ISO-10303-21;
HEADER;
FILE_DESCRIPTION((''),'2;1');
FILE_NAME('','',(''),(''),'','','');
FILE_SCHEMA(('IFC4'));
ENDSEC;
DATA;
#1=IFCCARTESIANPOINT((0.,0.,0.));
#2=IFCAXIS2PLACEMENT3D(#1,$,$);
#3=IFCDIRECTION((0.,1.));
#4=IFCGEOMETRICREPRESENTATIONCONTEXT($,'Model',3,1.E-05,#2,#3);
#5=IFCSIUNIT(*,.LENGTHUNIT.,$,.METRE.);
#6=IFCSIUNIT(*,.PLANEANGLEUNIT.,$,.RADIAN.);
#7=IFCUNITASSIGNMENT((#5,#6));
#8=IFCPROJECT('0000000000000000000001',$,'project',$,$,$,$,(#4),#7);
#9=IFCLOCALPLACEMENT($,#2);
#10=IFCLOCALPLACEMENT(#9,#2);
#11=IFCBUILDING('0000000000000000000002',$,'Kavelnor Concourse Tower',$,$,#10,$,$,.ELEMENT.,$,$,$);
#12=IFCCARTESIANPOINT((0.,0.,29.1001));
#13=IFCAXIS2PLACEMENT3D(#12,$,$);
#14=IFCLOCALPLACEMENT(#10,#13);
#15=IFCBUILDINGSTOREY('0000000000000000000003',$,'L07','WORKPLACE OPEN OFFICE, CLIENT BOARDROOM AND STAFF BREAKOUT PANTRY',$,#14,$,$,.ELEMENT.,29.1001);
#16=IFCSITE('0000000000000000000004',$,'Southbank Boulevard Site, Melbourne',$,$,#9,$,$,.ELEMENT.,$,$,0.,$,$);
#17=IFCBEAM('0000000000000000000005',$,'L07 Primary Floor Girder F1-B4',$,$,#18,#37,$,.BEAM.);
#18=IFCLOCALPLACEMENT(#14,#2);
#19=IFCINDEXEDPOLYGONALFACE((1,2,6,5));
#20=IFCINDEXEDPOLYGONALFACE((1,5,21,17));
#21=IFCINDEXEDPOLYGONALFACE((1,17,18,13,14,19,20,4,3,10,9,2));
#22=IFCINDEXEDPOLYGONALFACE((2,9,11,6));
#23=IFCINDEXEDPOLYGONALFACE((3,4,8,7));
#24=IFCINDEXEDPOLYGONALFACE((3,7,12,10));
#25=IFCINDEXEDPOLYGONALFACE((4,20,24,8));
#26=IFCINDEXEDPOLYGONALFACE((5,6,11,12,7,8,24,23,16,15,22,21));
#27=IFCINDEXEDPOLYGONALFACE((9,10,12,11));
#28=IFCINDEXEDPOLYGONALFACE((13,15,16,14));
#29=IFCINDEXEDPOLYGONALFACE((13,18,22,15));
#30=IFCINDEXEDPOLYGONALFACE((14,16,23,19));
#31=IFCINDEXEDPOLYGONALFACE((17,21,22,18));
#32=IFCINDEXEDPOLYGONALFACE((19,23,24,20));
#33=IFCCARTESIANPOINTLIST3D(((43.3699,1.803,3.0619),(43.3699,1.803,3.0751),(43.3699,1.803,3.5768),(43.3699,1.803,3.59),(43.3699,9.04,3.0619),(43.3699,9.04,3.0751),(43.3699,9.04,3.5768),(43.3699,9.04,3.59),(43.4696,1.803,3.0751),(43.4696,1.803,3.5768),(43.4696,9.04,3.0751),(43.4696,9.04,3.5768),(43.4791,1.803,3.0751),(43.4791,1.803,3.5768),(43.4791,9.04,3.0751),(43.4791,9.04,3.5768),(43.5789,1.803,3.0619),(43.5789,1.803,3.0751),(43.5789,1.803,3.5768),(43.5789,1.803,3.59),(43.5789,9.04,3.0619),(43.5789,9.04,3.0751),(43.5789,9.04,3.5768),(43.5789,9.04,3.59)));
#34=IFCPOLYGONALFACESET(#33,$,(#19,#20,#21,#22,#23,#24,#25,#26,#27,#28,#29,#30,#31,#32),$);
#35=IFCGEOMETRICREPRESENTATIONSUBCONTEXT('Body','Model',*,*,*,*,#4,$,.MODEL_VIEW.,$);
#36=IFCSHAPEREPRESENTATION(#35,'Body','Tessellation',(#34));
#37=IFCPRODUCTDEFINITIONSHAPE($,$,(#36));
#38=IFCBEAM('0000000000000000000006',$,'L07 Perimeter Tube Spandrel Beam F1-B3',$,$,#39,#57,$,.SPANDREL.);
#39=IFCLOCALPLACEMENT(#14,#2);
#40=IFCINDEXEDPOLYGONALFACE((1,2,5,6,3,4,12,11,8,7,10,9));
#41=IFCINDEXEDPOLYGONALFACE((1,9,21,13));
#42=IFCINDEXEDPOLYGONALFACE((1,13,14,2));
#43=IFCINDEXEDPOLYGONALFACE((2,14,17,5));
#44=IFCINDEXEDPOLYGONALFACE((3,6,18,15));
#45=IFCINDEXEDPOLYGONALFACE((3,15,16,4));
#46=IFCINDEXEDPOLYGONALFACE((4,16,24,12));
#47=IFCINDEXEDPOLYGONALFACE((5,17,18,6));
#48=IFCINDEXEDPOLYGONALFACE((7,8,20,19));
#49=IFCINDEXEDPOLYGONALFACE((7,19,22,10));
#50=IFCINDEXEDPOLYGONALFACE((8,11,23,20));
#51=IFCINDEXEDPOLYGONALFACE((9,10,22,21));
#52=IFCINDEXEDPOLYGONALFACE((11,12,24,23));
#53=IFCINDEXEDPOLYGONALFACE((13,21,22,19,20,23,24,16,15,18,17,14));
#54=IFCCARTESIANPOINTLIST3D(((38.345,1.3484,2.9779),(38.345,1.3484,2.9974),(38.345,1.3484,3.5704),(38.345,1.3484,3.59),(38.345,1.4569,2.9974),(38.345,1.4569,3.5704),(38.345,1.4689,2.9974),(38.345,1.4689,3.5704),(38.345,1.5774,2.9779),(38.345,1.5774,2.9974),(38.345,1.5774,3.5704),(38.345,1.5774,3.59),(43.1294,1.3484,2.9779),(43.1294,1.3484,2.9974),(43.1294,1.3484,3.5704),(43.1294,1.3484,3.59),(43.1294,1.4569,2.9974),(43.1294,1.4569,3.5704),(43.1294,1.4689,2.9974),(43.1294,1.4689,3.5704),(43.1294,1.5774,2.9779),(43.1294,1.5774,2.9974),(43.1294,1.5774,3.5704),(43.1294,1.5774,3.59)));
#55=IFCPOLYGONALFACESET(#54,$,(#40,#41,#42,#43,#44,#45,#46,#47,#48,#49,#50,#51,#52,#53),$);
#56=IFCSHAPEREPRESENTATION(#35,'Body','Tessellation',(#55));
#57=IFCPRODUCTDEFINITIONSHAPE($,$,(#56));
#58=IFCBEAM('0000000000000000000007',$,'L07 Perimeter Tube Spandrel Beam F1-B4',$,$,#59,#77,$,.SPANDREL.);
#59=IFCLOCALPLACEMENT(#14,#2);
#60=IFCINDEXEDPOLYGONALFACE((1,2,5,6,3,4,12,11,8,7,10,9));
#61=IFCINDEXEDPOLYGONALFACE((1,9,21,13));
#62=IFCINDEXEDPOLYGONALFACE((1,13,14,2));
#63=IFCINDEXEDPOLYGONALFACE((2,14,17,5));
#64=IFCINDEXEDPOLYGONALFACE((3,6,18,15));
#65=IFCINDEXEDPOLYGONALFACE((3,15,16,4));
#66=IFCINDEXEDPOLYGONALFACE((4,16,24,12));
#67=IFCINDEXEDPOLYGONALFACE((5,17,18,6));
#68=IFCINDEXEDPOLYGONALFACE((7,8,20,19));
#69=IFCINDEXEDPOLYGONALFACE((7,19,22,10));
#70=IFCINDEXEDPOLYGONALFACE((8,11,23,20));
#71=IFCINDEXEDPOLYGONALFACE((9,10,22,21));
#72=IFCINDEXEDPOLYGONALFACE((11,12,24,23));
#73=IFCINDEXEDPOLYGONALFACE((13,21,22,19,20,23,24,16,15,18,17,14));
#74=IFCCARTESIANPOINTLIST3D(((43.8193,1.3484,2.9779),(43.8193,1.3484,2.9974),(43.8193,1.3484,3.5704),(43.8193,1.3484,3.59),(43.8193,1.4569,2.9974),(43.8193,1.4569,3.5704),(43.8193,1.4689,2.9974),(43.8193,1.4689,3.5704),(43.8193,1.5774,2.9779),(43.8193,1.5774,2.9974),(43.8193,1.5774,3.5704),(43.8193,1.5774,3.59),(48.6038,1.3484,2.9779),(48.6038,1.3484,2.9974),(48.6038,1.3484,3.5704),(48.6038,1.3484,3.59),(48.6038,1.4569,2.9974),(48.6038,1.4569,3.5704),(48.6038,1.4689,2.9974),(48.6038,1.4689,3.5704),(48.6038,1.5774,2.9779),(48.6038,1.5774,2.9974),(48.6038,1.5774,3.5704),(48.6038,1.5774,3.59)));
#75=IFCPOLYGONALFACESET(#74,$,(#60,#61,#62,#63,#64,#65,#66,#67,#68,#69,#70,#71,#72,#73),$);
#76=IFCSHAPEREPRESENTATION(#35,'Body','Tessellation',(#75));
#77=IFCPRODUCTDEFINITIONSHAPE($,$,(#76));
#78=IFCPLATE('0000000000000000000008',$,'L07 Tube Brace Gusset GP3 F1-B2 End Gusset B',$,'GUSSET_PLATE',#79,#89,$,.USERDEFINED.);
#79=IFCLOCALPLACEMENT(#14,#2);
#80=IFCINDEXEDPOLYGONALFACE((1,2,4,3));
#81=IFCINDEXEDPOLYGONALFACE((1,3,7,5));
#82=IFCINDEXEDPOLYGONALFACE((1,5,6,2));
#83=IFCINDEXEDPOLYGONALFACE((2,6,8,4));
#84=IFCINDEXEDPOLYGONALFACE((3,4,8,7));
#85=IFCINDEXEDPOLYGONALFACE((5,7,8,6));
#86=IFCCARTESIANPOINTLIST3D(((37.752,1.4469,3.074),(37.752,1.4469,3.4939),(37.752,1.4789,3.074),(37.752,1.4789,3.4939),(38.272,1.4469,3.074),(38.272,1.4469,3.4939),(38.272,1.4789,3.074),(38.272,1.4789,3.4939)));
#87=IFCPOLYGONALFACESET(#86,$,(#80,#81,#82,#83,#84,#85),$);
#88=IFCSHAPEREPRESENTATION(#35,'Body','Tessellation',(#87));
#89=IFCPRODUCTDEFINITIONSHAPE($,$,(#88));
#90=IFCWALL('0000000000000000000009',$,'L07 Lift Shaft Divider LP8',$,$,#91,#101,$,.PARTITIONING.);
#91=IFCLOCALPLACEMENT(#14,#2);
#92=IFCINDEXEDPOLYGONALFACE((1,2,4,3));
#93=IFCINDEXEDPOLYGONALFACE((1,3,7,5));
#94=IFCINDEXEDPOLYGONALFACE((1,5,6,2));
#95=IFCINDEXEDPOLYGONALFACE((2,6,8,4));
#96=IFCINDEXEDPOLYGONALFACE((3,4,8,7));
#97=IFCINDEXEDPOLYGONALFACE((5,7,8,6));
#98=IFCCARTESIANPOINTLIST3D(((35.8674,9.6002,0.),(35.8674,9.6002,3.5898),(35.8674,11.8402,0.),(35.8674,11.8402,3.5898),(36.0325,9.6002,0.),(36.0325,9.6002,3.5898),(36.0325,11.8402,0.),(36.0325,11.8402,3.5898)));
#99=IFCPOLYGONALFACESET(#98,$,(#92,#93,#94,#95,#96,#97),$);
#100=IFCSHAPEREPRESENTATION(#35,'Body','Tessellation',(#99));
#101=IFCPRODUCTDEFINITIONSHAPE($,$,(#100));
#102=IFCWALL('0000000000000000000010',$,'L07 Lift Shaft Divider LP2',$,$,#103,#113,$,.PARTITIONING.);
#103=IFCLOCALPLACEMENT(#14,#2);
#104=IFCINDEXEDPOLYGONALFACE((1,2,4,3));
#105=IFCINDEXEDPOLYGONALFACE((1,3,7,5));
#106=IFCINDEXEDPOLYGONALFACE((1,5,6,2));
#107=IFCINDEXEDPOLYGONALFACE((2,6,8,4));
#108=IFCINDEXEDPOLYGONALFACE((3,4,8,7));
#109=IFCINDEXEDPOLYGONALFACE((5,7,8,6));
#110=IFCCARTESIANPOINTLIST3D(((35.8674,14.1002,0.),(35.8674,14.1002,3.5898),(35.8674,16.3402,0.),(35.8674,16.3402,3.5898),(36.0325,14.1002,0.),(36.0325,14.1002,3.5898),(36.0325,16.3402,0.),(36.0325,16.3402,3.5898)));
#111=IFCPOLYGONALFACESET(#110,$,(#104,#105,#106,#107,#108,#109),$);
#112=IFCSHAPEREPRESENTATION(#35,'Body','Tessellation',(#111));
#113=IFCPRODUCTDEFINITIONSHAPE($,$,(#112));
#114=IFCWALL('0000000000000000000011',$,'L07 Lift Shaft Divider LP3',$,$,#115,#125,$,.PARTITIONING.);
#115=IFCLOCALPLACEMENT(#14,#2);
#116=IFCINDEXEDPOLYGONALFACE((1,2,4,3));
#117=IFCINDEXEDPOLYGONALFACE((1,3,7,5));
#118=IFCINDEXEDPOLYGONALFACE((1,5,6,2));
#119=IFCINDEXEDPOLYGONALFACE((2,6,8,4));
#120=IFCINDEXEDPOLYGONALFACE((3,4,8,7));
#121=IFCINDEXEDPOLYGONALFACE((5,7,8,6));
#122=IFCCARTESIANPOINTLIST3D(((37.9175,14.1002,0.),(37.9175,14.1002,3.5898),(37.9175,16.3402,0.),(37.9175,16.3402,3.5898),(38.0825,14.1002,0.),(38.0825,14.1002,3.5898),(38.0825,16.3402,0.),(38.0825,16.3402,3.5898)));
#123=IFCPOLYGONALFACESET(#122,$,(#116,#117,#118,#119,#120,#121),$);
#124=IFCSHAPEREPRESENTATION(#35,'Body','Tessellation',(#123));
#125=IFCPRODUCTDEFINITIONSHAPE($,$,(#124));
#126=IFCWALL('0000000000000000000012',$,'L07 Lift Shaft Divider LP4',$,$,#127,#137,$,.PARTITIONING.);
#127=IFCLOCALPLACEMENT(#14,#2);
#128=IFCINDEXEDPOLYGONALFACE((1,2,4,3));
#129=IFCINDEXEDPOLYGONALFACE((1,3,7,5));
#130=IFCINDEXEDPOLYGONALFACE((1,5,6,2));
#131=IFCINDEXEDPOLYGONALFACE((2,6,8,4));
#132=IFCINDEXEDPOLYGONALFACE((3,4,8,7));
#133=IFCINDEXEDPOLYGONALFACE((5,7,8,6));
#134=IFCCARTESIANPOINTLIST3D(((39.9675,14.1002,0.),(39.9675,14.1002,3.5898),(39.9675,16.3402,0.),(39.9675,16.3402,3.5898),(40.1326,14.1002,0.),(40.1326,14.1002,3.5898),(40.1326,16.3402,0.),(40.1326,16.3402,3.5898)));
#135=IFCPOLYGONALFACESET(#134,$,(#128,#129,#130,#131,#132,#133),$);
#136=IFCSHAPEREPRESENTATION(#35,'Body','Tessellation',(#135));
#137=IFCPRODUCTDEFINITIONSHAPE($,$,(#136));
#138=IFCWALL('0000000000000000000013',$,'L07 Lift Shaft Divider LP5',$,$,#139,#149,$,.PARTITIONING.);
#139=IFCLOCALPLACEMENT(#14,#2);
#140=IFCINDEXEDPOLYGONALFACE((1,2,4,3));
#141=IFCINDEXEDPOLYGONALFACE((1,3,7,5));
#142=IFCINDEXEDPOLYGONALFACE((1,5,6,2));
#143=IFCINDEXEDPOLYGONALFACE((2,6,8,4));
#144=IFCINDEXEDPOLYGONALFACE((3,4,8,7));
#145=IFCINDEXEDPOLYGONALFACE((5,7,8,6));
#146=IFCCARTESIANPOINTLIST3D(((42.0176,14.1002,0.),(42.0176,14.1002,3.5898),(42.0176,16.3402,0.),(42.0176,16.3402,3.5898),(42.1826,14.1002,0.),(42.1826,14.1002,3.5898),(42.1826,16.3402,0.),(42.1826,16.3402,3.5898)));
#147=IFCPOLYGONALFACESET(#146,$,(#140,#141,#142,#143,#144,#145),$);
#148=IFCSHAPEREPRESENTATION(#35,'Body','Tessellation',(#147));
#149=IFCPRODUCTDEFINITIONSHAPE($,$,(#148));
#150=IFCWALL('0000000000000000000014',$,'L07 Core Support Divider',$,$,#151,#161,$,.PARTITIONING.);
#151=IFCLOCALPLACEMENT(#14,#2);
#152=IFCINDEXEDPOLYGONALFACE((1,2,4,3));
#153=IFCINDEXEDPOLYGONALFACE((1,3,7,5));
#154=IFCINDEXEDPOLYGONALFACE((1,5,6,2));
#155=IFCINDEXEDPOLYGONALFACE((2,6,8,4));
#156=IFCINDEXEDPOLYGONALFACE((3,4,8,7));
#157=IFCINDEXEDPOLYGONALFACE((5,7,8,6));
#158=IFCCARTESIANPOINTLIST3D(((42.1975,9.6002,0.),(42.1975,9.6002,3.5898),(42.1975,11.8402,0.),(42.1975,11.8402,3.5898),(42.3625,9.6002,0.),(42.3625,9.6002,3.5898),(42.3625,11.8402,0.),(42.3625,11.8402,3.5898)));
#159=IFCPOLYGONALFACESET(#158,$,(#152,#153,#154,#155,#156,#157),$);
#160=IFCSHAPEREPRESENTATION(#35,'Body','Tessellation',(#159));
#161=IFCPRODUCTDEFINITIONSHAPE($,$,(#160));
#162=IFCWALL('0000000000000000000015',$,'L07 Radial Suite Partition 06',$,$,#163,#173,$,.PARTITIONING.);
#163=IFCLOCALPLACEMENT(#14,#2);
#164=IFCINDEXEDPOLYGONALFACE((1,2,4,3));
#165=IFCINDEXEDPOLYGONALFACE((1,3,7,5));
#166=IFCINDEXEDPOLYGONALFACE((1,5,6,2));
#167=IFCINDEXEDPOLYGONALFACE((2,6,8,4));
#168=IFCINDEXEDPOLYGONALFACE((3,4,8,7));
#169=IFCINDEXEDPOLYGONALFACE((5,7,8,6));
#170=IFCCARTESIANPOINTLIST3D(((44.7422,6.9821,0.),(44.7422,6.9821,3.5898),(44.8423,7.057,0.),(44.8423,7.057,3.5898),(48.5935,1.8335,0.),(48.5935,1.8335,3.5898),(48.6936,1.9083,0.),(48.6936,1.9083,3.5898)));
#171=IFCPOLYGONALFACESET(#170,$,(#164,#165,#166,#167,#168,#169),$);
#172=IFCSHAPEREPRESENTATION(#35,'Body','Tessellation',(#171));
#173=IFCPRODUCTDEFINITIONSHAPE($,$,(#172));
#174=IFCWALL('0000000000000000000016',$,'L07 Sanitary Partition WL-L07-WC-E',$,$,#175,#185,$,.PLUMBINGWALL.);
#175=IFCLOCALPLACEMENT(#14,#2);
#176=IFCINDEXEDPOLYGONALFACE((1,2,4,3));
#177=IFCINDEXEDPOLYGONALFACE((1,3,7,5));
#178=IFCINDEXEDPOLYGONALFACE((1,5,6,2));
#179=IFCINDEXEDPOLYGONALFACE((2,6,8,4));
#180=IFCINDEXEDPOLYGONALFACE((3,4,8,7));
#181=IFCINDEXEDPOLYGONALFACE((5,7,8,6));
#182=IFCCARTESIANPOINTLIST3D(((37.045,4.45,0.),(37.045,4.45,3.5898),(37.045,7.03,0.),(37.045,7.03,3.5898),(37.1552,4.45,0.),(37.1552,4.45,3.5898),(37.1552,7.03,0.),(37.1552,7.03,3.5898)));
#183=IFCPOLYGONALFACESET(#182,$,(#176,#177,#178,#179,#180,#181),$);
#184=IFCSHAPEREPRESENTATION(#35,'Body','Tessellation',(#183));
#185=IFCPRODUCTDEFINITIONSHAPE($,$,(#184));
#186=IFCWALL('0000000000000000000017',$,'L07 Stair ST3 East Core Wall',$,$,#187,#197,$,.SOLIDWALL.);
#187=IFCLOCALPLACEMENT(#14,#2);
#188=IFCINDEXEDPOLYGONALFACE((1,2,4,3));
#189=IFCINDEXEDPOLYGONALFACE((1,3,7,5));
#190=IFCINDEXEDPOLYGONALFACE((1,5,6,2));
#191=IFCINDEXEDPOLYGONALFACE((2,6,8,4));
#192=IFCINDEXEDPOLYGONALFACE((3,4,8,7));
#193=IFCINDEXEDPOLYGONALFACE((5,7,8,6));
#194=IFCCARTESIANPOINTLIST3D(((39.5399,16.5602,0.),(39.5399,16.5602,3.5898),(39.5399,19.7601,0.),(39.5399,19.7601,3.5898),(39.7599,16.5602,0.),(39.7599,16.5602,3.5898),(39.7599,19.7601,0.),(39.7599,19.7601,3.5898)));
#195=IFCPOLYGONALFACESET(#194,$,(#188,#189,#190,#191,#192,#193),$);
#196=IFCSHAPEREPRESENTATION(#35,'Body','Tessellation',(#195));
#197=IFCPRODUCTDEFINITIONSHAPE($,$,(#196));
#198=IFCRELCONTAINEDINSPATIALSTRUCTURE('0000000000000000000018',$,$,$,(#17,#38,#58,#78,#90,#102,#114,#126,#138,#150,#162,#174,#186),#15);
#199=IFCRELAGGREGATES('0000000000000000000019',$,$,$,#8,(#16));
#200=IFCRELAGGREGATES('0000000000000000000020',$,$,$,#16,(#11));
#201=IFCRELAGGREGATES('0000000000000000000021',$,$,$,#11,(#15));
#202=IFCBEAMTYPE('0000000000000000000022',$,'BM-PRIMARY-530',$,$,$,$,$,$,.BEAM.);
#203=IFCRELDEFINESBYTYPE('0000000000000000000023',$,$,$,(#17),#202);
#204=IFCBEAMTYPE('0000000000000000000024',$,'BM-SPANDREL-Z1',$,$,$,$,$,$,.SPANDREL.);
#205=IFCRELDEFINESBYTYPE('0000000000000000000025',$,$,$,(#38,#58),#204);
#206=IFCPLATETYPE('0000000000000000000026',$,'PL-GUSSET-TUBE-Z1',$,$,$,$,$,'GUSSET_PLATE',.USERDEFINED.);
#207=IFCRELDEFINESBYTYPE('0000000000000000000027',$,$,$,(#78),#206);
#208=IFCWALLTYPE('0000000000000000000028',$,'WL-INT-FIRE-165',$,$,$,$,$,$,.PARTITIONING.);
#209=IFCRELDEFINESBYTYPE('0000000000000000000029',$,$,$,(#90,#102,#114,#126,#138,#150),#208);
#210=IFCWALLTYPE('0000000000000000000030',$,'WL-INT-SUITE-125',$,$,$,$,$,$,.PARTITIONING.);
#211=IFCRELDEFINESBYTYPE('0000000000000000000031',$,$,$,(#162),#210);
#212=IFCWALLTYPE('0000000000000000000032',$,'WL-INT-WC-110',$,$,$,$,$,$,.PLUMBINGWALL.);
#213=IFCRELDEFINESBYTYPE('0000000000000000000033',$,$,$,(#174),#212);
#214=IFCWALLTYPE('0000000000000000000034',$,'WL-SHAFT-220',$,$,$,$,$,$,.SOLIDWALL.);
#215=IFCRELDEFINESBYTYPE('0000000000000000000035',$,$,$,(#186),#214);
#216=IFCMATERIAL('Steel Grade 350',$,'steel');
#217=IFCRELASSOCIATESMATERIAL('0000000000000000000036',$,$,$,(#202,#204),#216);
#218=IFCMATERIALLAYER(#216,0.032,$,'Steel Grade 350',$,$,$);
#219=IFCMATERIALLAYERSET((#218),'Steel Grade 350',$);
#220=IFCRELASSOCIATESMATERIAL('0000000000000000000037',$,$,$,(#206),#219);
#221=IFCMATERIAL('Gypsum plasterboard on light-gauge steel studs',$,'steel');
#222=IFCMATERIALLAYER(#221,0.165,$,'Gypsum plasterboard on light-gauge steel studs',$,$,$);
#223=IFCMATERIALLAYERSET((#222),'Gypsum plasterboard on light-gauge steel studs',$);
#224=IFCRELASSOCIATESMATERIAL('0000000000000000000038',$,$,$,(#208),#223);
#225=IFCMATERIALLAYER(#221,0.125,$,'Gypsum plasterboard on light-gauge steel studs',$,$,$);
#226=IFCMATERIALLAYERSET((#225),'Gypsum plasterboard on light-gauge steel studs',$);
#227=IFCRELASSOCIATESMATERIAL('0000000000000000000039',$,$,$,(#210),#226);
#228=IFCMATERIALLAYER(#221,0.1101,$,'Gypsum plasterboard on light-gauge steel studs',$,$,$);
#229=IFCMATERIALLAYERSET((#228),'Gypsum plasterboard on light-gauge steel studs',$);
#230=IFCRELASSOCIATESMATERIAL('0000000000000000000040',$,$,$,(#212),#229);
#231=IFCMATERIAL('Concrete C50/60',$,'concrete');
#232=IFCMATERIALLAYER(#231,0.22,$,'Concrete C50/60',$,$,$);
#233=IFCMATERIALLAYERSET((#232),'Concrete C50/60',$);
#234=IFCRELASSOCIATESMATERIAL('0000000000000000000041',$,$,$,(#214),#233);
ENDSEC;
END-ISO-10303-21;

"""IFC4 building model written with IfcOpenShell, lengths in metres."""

from ifc_helpers import new_model, si_unit, direction, frame, frame_2d, origin, origin_2d, place, context, subcontext, project, spatial, rectangle, i_section, extrude, material, layer, layer_set, material_profile, profile_set, type_object, element, save


model = new_model("IFC4")

# Units and contexts
model_context = context("Model", 3, precision=1e-05, world=origin(), true_north=direction((0.0, 1.0)))
body_context = subcontext(model_context, "Body", "Model", "MODEL_VIEW")
ifc_project = project(units=[si_unit("LENGTHUNIT", "METRE"), si_unit("PLANEANGLEUNIT", "RADIAN")], contexts=[model_context])

# Site, building, storey
site_placement = place(None, origin())
site = spatial("IfcSite", under=ifc_project, at=site_placement, Name="Southbank Boulevard Site, Melbourne", CompositionType="ELEMENT", RefElevation=0.0)
building_placement = place(site_placement, origin())
building = spatial("IfcBuilding", under=site, at=building_placement, Name="Kavelnor Concourse Tower", CompositionType="ELEMENT")
storey_placement = place(building_placement, frame((0.0, 0.0, 29.1001)))
storey = spatial("IfcBuildingStorey", under=building, at=storey_placement, Name="L07", Description="WORKPLACE OPEN OFFICE, CLIENT BOARDROOM AND STAFF BREAKOUT PANTRY", CompositionType="ELEMENT", Elevation=29.1001)

# Shared definitions
ifc_material_1 = material(Name="Steel Grade 350", Category="steel")

# Beams
ifc_material_profile_1 = material_profile(ifc_material_1, i_section(OverallWidth=0.209, OverallDepth=0.5281, WebThickness=0.0095, FlangeThickness=0.0132, at=origin_2d()), Name="530UB82")
ifc_profile_set_1 = profile_set([ifc_material_profile_1], Name="Steel Grade 350")
beam_type_1 = type_object("IfcBeamType", Name="BM-PRIMARY-530", PredefinedType="BEAM", material=ifc_profile_set_1)
for number, where, z_axis, x_axis, name in (
    (1, (43.4744, 9.04, 3.3259), (0.0, -1.0, 0.0), (1.0, 0.0, 0.0), "L07 Primary Floor Girder F1-B4"),
):
    element("IfcBeam", number, at=place(storey_placement, frame(where, z_axis=z_axis, x_axis=x_axis)), inside=storey, type_object=beam_type_1, Name=name, PredefinedType="BEAM", context=body_context, shape_type="SweptSolid", body=[
        extrude(i_section(OverallWidth=0.209, OverallDepth=0.5281, WebThickness=0.0095, FlangeThickness=0.0132, at=origin_2d()), origin(), (0.0, 0.0, 1.0), 7.2371),
    ])
ifc_material_profile_2 = material_profile(ifc_material_1, i_section(OverallWidth=0.229, OverallDepth=0.6121, WebThickness=0.012, FlangeThickness=0.0195, at=origin_2d()), Name="610UB125")
ifc_profile_set_2 = profile_set([ifc_material_profile_2], Name="Steel Grade 350")
beam_type_2 = type_object("IfcBeamType", Name="BM-SPANDREL-Z1", PredefinedType="SPANDREL", material=ifc_profile_set_2)
for number, where, z_axis, x_axis, name in (
    (2, (38.345, 1.4629, 3.2839), (1.0, 0.0, 0.0), (0.0, 1.0, 0.0), "L07 Perimeter Tube Spandrel Beam F1-B3"),
    (3, (43.8193, 1.4629, 3.2839), (1.0, 0.0, 0.0), (0.0, 1.0, 0.0), "L07 Perimeter Tube Spandrel Beam F1-B4"),
):
    element("IfcBeam", number, at=place(storey_placement, frame(where, z_axis=z_axis, x_axis=x_axis)), inside=storey, type_object=beam_type_2, Name=name, PredefinedType="SPANDREL", context=body_context, shape_type="SweptSolid", body=[
        extrude(i_section(OverallWidth=0.229, OverallDepth=0.6121, WebThickness=0.012, FlangeThickness=0.0195, at=origin_2d()), origin(), (0.0, 0.0, 1.0), 4.7844),
    ])

# Plate
ifc_layer_1 = layer(ifc_material_1, 0.032, Name="Steel Grade 350")
ifc_layer_set_1 = layer_set([ifc_layer_1], Name="Steel Grade 350")
plate_type = type_object("IfcPlateType", Name="PL-GUSSET-TUBE-Z1", ElementType="GUSSET_PLATE", PredefinedType="USERDEFINED", material=ifc_layer_set_1)
plate_placement = place(storey_placement, frame((38.012, 1.4629, 3.074), z_axis=(0.0, 0.0, 1.0), x_axis=(1.0, 0.0, 0.0)))
element("IfcPlate", 4, at=plate_placement, inside=storey, type_object=plate_type, Name="L07 Tube Brace Gusset GP3 F1-B2 End Gusset B", ObjectType="GUSSET_PLATE", PredefinedType="USERDEFINED", context=body_context, shape_type="SweptSolid", body=[
    extrude(rectangle(XDim=0.52, YDim=0.032, at=origin_2d()), origin(), (0.0, 0.0, 1.0), 0.4199),
])

# Walls
ifc_material_2 = material(Name="Gypsum plasterboard on light-gauge steel studs", Category="steel")
ifc_layer_2 = layer(ifc_material_2, 0.165, Name="Gypsum plasterboard on light-gauge steel studs")
ifc_layer_set_2 = layer_set([ifc_layer_2], Name="Gypsum plasterboard on light-gauge steel studs")
wall_type_1 = type_object("IfcWallType", Name="WL-INT-FIRE-165", PredefinedType="PARTITIONING", material=ifc_layer_set_2)
for number, where, z_axis, x_axis, name in (
    (5, (35.95, 9.6001, 0.0), (0.0, 0.0, 1.0), (0.0, 1.0, 0.0), "L07 Lift Shaft Divider LP8"),
    (6, (35.95, 14.1001, 0.0), (0.0, 0.0, 1.0), (0.0, 1.0, 0.0), "L07 Lift Shaft Divider LP2"),
    (7, (38.0, 14.1001, 0.0), (0.0, 0.0, 1.0), (0.0, 1.0, 0.0), "L07 Lift Shaft Divider LP3"),
    (8, (40.05, 14.1001, 0.0), (0.0, 0.0, 1.0), (0.0, 1.0, 0.0), "L07 Lift Shaft Divider LP4"),
    (9, (42.1001, 14.1001, 0.0), (0.0, 0.0, 1.0), (0.0, 1.0, 0.0), "L07 Lift Shaft Divider LP5"),
    (10, (42.28, 9.6001, 0.0), (0.0, 0.0, 1.0), (0.0, 1.0, 0.0), "L07 Core Support Divider"),
):
    element("IfcWall", number, at=place(storey_placement, frame(where, z_axis=z_axis, x_axis=x_axis)), inside=storey, type_object=wall_type_1, Name=name, PredefinedType="PARTITIONING", context=body_context, shape_type="SweptSolid", body=[
        extrude(rectangle(XDim=2.24, YDim=0.165, at=frame_2d((1.1201, 0.0))), origin(), (0.0, 0.0, 1.0), 3.5898),
    ])
ifc_layer_3 = layer(ifc_material_2, 0.125, Name="Gypsum plasterboard on light-gauge steel studs")
ifc_layer_set_3 = layer_set([ifc_layer_3], Name="Gypsum plasterboard on light-gauge steel studs")
wall_type_2 = type_object("IfcWallType", Name="WL-INT-SUITE-125", PredefinedType="PARTITIONING", material=ifc_layer_set_3)
wall_1_placement = place(storey_placement, frame((44.7922, 7.0195, 0.0), z_axis=(0.0, 0.0, 1.0), x_axis=(0.598985, -0.80076, 0.0)))
element("IfcWall", 11, at=wall_1_placement, inside=storey, type_object=wall_type_2, Name="L07 Radial Suite Partition 06", PredefinedType="PARTITIONING", context=body_context, shape_type="SweptSolid", body=[
    extrude(rectangle(XDim=6.4297, YDim=0.125, at=frame_2d((3.2148, 0.0))), origin(), (0.0, 0.0, 1.0), 3.5898),
])
ifc_layer_4 = layer(ifc_material_2, 0.1101, Name="Gypsum plasterboard on light-gauge steel studs")
ifc_layer_set_4 = layer_set([ifc_layer_4], Name="Gypsum plasterboard on light-gauge steel studs")
wall_type_3 = type_object("IfcWallType", Name="WL-INT-WC-110", PredefinedType="PLUMBINGWALL", material=ifc_layer_set_4)
wall_2_placement = place(storey_placement, frame((37.1001, 4.45, 0.0), z_axis=(0.0, 0.0, 1.0), x_axis=(0.0, 1.0, 0.0)))
element("IfcWall", 12, at=wall_2_placement, inside=storey, type_object=wall_type_3, Name="L07 Sanitary Partition WL-L07-WC-E", PredefinedType="PLUMBINGWALL", context=body_context, shape_type="SweptSolid", body=[
    extrude(rectangle(XDim=2.5801, YDim=0.1101, at=frame_2d((1.29, 0.0))), origin(), (0.0, 0.0, 1.0), 3.5898),
])
ifc_material_3 = material(Name="Concrete C50/60", Category="concrete")
ifc_layer_5 = layer(ifc_material_3, 0.22, Name="Concrete C50/60")
ifc_layer_set_5 = layer_set([ifc_layer_5], Name="Concrete C50/60")
wall_type_4 = type_object("IfcWallType", Name="WL-SHAFT-220", PredefinedType="SOLIDWALL", material=ifc_layer_set_5)
wall_3_placement = place(storey_placement, frame((39.6499, 16.5601, 0.0), z_axis=(0.0, 0.0, 1.0), x_axis=(0.0, 1.0, 0.0)))
element("IfcWall", 13, at=wall_3_placement, inside=storey, type_object=wall_type_4, Name="L07 Stair ST3 East Core Wall", PredefinedType="SOLIDWALL", context=body_context, shape_type="SweptSolid", body=[
    extrude(rectangle(XDim=3.2, YDim=0.22, at=frame_2d((1.6001, 0.0))), origin(), (0.0, 0.0, 1.0), 3.5898),
])

save(model, "model.ifc")
